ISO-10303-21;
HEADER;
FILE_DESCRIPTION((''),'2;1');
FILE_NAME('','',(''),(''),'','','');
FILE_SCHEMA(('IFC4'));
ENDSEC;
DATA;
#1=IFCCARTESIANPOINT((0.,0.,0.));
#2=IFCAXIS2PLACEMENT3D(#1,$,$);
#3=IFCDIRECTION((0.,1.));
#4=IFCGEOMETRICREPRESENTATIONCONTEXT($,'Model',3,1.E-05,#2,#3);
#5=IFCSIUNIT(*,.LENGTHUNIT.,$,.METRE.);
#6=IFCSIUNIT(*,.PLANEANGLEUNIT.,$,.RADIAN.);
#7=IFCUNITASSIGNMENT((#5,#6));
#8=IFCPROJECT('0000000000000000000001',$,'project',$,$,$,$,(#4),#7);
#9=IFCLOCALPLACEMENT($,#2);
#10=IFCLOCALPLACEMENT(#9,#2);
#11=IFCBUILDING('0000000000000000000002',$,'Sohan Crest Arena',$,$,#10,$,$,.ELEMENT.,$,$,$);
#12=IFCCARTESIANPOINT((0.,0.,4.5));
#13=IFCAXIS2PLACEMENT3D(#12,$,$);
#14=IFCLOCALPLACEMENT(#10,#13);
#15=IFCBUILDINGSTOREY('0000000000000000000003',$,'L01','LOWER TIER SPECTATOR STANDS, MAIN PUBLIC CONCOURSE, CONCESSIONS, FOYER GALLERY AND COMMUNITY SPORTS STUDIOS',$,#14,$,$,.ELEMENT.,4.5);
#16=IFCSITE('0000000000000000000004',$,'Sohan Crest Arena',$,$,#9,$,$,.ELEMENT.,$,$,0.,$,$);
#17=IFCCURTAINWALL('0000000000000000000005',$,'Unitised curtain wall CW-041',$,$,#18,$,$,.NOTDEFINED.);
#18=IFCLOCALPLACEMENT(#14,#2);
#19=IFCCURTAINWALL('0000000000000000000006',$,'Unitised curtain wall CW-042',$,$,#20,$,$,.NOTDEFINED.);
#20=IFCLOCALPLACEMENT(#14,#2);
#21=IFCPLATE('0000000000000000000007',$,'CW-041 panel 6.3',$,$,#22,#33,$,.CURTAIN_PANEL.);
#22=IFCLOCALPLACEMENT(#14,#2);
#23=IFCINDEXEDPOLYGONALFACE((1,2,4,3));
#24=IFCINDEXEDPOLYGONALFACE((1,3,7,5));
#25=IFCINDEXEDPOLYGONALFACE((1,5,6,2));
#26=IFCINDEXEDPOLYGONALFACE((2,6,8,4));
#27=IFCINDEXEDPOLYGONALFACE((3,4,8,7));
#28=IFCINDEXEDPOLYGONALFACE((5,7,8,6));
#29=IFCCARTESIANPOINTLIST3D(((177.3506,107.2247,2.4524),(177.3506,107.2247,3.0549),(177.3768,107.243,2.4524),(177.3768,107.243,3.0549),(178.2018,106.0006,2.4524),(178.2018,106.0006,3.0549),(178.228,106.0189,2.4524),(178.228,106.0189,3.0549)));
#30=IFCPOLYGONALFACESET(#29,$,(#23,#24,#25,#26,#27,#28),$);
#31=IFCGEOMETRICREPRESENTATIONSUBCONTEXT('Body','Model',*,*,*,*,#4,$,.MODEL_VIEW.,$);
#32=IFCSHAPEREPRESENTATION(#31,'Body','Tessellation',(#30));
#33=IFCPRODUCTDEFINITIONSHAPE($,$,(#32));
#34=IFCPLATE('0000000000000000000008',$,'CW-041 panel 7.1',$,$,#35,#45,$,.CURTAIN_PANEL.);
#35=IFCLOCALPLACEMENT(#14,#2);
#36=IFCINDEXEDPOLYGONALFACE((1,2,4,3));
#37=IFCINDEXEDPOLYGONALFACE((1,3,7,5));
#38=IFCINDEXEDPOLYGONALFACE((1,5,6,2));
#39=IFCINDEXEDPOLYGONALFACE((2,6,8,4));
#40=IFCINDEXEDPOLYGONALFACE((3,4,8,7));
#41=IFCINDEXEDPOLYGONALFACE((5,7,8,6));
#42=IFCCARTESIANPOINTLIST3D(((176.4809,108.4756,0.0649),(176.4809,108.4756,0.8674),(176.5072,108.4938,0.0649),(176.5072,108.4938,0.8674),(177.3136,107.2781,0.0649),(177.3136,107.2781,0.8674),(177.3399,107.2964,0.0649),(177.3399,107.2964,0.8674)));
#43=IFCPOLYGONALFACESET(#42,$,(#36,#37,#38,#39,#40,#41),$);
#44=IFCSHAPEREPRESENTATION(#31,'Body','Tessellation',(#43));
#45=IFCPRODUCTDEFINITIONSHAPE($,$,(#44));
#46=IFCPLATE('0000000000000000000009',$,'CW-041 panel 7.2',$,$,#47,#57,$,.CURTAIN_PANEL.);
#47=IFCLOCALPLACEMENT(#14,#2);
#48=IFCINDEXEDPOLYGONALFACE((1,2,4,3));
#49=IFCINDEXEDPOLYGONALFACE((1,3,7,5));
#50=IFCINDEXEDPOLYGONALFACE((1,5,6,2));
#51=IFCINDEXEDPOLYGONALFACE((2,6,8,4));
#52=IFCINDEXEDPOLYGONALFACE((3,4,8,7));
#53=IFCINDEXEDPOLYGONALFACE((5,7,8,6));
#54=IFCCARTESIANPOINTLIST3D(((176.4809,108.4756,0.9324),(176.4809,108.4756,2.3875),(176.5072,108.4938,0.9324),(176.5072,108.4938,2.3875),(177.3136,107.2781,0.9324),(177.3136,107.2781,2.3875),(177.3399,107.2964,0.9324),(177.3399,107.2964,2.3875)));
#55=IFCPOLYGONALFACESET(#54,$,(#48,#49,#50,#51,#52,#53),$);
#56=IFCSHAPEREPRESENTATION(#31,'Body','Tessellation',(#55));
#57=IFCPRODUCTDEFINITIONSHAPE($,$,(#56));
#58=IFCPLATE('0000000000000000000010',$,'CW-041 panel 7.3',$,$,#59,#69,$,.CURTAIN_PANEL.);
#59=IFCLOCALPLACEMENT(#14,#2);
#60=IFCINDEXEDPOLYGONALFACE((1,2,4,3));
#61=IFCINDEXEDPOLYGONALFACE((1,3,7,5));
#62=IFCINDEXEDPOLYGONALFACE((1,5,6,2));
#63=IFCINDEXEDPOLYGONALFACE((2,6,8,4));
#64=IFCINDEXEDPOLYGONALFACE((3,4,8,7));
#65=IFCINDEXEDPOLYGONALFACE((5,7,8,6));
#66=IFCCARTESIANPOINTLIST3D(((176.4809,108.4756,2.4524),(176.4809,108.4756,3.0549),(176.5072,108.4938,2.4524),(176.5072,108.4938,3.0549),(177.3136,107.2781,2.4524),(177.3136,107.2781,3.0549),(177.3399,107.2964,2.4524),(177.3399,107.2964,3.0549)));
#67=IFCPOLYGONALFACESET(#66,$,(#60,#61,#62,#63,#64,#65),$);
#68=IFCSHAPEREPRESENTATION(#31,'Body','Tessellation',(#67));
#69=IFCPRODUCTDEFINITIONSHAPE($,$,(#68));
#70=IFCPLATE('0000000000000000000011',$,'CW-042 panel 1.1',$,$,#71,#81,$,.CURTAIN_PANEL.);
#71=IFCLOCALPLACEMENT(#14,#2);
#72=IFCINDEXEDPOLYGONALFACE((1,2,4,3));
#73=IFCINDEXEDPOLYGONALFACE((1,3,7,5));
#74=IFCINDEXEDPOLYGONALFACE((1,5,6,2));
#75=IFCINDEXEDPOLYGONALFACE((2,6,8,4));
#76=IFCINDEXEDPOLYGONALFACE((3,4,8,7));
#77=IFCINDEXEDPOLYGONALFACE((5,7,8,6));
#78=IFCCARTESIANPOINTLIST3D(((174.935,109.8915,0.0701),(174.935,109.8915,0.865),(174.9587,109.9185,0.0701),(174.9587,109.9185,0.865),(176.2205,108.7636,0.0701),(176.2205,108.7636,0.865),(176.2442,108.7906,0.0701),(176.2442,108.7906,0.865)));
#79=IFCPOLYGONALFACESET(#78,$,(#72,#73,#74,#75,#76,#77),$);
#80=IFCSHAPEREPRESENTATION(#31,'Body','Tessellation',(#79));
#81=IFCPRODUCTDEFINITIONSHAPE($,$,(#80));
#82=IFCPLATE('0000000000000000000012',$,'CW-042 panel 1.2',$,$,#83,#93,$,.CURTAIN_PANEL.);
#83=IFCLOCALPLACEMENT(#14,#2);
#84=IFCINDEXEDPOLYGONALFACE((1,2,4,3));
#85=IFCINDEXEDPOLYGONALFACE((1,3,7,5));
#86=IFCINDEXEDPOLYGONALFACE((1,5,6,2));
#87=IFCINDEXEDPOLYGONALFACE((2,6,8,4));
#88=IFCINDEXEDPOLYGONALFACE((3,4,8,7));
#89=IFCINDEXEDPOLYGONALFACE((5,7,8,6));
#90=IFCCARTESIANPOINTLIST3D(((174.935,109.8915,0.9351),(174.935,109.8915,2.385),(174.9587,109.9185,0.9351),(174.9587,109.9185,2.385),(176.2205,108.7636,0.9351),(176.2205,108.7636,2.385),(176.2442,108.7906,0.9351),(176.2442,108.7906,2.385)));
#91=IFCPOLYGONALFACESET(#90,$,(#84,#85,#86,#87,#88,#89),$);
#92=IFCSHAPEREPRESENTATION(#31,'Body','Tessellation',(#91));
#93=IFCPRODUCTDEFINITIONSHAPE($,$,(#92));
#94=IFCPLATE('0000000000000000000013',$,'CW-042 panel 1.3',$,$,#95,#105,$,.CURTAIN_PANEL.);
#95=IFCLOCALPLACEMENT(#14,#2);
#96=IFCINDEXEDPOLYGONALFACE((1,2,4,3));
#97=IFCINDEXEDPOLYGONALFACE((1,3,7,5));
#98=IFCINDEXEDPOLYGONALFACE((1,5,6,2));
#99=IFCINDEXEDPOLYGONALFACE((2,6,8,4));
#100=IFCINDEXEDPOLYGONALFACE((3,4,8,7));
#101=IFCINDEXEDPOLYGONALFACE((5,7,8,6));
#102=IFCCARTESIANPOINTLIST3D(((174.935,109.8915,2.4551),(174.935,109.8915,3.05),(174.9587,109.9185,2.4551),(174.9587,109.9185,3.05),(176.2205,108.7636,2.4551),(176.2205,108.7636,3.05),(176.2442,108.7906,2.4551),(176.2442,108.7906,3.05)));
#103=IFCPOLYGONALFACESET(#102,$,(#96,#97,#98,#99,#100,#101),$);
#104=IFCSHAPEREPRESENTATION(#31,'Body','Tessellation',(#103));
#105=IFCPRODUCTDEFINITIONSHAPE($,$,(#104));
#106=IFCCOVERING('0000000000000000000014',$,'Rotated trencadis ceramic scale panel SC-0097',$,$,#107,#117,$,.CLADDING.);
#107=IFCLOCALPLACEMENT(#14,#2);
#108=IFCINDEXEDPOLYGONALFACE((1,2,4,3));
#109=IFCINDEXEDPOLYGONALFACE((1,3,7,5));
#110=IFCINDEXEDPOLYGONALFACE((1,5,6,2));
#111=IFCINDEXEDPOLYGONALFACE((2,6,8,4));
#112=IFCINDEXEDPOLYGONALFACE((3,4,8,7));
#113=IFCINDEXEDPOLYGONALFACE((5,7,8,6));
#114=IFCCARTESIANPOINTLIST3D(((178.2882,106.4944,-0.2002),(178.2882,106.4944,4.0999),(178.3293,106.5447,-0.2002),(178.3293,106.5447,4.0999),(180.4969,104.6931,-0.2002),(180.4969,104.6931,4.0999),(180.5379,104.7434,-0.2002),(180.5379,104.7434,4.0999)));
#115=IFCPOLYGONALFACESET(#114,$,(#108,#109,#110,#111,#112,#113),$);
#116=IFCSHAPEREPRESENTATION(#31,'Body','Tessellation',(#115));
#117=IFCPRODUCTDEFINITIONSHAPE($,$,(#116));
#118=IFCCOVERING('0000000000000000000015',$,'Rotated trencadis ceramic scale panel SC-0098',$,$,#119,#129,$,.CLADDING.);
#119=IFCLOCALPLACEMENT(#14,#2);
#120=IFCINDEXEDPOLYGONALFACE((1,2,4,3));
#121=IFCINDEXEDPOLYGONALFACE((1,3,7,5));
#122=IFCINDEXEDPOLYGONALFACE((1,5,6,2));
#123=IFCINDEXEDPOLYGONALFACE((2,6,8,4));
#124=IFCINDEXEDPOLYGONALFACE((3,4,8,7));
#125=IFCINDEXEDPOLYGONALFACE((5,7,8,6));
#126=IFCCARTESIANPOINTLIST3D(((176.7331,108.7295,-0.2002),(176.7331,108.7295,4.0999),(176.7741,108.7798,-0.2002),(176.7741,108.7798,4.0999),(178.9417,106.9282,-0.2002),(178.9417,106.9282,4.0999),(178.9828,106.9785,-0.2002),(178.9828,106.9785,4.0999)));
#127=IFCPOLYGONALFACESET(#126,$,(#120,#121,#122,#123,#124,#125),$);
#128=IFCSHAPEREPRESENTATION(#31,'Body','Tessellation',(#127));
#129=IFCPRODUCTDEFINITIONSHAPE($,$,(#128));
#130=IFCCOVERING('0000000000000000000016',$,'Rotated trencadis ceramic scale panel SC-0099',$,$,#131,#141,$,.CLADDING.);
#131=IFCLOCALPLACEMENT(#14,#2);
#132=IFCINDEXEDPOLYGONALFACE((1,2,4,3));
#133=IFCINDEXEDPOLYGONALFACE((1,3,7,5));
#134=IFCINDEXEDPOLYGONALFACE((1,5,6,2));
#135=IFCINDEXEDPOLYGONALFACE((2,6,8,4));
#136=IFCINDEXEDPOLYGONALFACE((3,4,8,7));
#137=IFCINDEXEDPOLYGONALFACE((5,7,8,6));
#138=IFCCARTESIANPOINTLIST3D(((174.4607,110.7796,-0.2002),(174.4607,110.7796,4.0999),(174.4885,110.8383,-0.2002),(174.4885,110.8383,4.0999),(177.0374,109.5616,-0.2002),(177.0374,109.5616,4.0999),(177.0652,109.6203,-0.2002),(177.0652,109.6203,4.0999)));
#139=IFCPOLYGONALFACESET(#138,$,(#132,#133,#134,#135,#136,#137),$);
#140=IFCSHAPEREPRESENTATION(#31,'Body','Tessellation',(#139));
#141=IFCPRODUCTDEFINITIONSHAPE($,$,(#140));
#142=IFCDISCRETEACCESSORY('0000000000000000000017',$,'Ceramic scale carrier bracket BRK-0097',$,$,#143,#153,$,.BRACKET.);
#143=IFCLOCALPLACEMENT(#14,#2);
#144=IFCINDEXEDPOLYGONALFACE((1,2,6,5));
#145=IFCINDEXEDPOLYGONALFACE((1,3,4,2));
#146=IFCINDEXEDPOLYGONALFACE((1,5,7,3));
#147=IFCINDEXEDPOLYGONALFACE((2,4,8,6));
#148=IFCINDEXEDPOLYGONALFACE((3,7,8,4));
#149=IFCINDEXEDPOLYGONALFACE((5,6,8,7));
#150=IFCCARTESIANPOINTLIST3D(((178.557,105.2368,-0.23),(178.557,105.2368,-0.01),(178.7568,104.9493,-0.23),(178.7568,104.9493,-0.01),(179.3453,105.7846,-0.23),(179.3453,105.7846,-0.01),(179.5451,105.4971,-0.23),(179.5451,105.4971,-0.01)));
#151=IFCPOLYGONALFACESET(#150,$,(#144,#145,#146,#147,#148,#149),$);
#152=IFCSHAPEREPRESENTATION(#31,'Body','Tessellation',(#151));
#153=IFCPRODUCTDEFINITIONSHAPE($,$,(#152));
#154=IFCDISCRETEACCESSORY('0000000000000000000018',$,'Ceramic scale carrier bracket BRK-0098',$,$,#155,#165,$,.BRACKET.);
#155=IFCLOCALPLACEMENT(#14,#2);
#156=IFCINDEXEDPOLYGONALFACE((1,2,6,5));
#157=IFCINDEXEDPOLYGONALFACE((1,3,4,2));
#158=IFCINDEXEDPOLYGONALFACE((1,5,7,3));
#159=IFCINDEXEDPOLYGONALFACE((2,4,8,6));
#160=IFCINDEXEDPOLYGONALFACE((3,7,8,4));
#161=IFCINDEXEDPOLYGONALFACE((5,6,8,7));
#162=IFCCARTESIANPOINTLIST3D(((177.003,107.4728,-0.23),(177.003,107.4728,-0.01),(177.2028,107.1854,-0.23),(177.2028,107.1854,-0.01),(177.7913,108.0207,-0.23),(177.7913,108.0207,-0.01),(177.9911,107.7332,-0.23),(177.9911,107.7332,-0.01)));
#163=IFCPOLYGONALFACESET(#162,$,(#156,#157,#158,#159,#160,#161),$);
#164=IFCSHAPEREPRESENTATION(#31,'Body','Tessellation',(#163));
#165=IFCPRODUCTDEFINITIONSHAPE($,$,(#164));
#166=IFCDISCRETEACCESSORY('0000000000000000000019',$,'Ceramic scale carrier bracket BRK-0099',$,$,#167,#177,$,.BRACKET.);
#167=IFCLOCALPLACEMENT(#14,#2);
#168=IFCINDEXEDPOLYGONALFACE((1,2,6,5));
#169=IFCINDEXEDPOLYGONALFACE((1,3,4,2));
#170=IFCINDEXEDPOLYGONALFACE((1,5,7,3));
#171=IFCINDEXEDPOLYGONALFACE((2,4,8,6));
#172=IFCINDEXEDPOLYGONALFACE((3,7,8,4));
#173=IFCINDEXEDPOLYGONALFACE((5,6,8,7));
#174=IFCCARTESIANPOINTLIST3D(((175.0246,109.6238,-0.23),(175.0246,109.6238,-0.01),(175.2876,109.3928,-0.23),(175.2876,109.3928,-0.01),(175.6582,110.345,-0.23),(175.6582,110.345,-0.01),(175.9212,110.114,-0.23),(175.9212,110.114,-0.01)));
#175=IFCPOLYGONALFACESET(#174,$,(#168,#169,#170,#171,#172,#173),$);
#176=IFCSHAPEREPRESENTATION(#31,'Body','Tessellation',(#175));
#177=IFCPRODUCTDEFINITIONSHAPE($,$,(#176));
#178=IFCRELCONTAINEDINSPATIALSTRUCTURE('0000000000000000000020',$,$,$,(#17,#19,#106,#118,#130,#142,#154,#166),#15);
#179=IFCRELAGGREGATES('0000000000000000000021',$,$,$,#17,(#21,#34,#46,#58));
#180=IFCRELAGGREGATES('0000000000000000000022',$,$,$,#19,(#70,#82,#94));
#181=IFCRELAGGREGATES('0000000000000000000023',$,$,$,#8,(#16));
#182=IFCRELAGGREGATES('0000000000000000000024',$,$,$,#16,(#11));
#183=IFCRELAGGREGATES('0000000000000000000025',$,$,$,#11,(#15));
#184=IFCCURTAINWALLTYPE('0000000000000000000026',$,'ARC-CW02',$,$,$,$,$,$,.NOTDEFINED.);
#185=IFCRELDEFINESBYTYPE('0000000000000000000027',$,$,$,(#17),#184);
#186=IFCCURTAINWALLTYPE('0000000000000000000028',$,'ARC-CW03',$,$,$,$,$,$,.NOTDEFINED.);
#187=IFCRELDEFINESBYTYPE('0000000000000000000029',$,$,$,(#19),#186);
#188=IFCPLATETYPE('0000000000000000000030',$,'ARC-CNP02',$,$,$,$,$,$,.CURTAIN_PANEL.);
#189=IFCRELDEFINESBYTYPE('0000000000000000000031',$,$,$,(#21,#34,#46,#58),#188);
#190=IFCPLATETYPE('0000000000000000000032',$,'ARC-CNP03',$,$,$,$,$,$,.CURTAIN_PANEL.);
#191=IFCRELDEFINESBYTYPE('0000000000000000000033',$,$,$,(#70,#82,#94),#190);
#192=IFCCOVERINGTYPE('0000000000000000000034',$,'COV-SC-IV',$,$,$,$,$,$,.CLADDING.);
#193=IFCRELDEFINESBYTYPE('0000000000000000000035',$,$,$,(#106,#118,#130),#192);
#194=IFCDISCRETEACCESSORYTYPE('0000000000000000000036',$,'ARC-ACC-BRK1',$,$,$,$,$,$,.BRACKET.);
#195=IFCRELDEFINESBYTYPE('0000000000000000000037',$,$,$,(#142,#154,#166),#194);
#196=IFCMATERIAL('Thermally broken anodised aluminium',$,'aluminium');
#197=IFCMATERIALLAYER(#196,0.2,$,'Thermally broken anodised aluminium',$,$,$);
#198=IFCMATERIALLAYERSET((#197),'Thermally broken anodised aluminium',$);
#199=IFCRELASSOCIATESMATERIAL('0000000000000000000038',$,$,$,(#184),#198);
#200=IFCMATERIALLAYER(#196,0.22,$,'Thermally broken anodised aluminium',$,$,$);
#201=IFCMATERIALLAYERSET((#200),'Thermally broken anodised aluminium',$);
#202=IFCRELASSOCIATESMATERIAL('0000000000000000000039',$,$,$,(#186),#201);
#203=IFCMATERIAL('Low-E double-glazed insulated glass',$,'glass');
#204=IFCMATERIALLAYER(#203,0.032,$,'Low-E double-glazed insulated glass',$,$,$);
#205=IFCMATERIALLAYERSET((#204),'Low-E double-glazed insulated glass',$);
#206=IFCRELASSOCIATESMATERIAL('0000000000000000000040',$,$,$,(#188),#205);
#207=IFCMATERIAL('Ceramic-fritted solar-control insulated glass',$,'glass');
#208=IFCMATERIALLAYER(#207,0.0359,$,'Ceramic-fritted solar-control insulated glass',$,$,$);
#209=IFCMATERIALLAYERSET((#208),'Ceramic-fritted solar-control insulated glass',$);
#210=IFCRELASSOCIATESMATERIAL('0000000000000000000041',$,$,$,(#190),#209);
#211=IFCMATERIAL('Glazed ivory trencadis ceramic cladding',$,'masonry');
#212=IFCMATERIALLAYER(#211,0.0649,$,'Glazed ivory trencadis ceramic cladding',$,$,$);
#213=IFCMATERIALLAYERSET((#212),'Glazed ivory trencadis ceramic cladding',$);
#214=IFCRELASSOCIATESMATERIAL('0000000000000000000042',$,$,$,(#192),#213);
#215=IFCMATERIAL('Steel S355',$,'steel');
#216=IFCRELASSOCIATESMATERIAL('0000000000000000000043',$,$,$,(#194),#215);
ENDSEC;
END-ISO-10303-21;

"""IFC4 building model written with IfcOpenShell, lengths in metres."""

from ifc_helpers import new_model, si_unit, direction, frame, origin, origin_2d, place, context, subcontext, project, spatial, rectangle, extrude, material, layer, layer_set, type_object, element, aggregate, save


model = new_model("IFC4")

# Units and contexts
model_context = context("Model", 3, precision=1e-05, world=origin(), true_north=direction((0.0, 1.0)))
body_context = subcontext(model_context, "Body", "Model", "MODEL_VIEW")
ifc_project = project(units=[si_unit("LENGTHUNIT", "METRE"), si_unit("PLANEANGLEUNIT", "RADIAN")], contexts=[model_context])

# Site, building, storey
site_placement = place(None, origin())
site = spatial("IfcSite", under=ifc_project, at=site_placement, Name="Sohan Crest Arena", CompositionType="ELEMENT", RefElevation=0.0)
building_placement = place(site_placement, origin())
building = spatial("IfcBuilding", under=site, at=building_placement, Name="Sohan Crest Arena", CompositionType="ELEMENT")
storey_placement = place(building_placement, frame((0.0, 0.0, 4.5)))
storey = spatial("IfcBuildingStorey", under=building, at=storey_placement, Name="L01", Description="LOWER TIER SPECTATOR STANDS, MAIN PUBLIC CONCOURSE, CONCESSIONS, FOYER GALLERY AND COMMUNITY SPORTS STUDIOS", CompositionType="ELEMENT", Elevation=4.5)

# Shared definitions
ifc_material_1 = material(Name="Steel S355", Category="steel")

# Curtain wall
ifc_material_2 = material(Name="Thermally broken anodised aluminium", Category="aluminium")
ifc_layer_1 = layer(ifc_material_2, 0.2, Name="Thermally broken anodised aluminium")
ifc_layer_set_1 = layer_set([ifc_layer_1], Name="Thermally broken anodised aluminium")
curtain_wall_type_1 = type_object("IfcCurtainWallType", Name="ARC-CW02", PredefinedType="NOTDEFINED", material=ifc_layer_set_1)
curtain_wall_1_placement = place(storey_placement, origin())
curtain_wall_1 = element("IfcCurtainWall", 1, at=curtain_wall_1_placement, inside=storey, type_object=curtain_wall_type_1, Name="Unitised curtain wall CW-041", PredefinedType="NOTDEFINED")

# Curtain wall
ifc_layer_2 = layer(ifc_material_2, 0.22, Name="Thermally broken anodised aluminium")
ifc_layer_set_2 = layer_set([ifc_layer_2], Name="Thermally broken anodised aluminium")
curtain_wall_type_2 = type_object("IfcCurtainWallType", Name="ARC-CW03", PredefinedType="NOTDEFINED", material=ifc_layer_set_2)
curtain_wall_2_placement = place(storey_placement, origin())
curtain_wall_2 = element("IfcCurtainWall", 2, at=curtain_wall_2_placement, inside=storey, type_object=curtain_wall_type_2, Name="Unitised curtain wall CW-042", PredefinedType="NOTDEFINED")

# Plates
ifc_material_3 = material(Name="Low-E double-glazed insulated glass", Category="glass")
ifc_layer_3 = layer(ifc_material_3, 0.032, Name="Low-E double-glazed insulated glass")
ifc_layer_set_3 = layer_set([ifc_layer_3], Name="Low-E double-glazed insulated glass")
plate_type_1 = type_object("IfcPlateType", Name="ARC-CNP02", PredefinedType="CURTAIN_PANEL", material=ifc_layer_set_3)
plate_1_placement = place(storey_placement, frame((177.7893, 106.6218, 2.4524), z_axis=(0.0, 0.0, 1.0), x_axis=(-0.570908, 0.821014, 0.0)))
plate_1 = element("IfcPlate", 3, at=plate_1_placement, type_object=plate_type_1, Name="CW-041 panel 6.3", PredefinedType="CURTAIN_PANEL", context=body_context, shape_type="SweptSolid", body=[
    extrude(rectangle(XDim=1.491, YDim=0.032, at=origin_2d()), origin(), (0.0, 0.0, 1.0), 0.6025),
])
plate_2_placement = place(storey_placement, frame((176.9104, 107.886, 0.0649), z_axis=(0.0, 0.0, 1.0), x_axis=(-0.570908, 0.821014, 0.0)))
plate_2 = element("IfcPlate", 4, at=plate_2_placement, type_object=plate_type_1, Name="CW-041 panel 7.1", PredefinedType="CURTAIN_PANEL", context=body_context, shape_type="SweptSolid", body=[
    extrude(rectangle(XDim=1.4585, YDim=0.032, at=origin_2d()), origin(), (0.0, 0.0, 1.0), 0.8025),
])
plate_3_placement = place(storey_placement, frame((176.9104, 107.886, 0.9324), z_axis=(0.0, 0.0, 1.0), x_axis=(-0.570908, 0.821014, 0.0)))
plate_3 = element("IfcPlate", 5, at=plate_3_placement, type_object=plate_type_1, Name="CW-041 panel 7.2", PredefinedType="CURTAIN_PANEL", context=body_context, shape_type="SweptSolid", body=[
    extrude(rectangle(XDim=1.4585, YDim=0.032, at=origin_2d()), origin(), (0.0, 0.0, 1.0), 1.4551),
])
plate_4_placement = place(storey_placement, frame((176.9104, 107.886, 2.4524), z_axis=(0.0, 0.0, 1.0), x_axis=(-0.570908, 0.821014, 0.0)))
plate_4 = element("IfcPlate", 6, at=plate_4_placement, type_object=plate_type_1, Name="CW-041 panel 7.3", PredefinedType="CURTAIN_PANEL", context=body_context, shape_type="SweptSolid", body=[
    extrude(rectangle(XDim=1.4585, YDim=0.032, at=origin_2d()), origin(), (0.0, 0.0, 1.0), 0.6025),
])
aggregate(curtain_wall_1, [plate_1, plate_2, plate_3, plate_4])
ifc_material_4 = material(Name="Ceramic-fritted solar-control insulated glass", Category="glass")
ifc_layer_4 = layer(ifc_material_4, 0.0359, Name="Ceramic-fritted solar-control insulated glass")
ifc_layer_set_4 = layer_set([ifc_layer_4], Name="Ceramic-fritted solar-control insulated glass")
plate_type_2 = type_object("IfcPlateType", Name="ARC-CNP03", PredefinedType="CURTAIN_PANEL", material=ifc_layer_set_4)
plate_5_placement = place(storey_placement, frame((175.5896, 109.3411, 0.0701), z_axis=(0.0, 0.0, 1.0), x_axis=(-0.751694, 0.659512, 0.0)))
plate_5 = element("IfcPlate", 7, at=plate_5_placement, type_object=plate_type_2, Name="CW-042 panel 1.1", PredefinedType="CURTAIN_PANEL", context=body_context, shape_type="SweptSolid", body=[
    extrude(rectangle(XDim=1.7102, YDim=0.0359, at=origin_2d()), origin(), (0.0, 0.0, 1.0), 0.7949),
])
plate_6_placement = place(storey_placement, frame((175.5896, 109.3411, 0.9351), z_axis=(0.0, 0.0, 1.0), x_axis=(-0.751694, 0.659512, 0.0)))
plate_6 = element("IfcPlate", 8, at=plate_6_placement, type_object=plate_type_2, Name="CW-042 panel 1.2", PredefinedType="CURTAIN_PANEL", context=body_context, shape_type="SweptSolid", body=[
    extrude(rectangle(XDim=1.7102, YDim=0.0359, at=origin_2d()), origin(), (0.0, 0.0, 1.0), 1.45),
])
plate_7_placement = place(storey_placement, frame((175.5896, 109.3411, 2.4551), z_axis=(0.0, 0.0, 1.0), x_axis=(-0.751694, 0.659512, 0.0)))
plate_7 = element("IfcPlate", 9, at=plate_7_placement, type_object=plate_type_2, Name="CW-042 panel 1.3", PredefinedType="CURTAIN_PANEL", context=body_context, shape_type="SweptSolid", body=[
    extrude(rectangle(XDim=1.7102, YDim=0.0359, at=origin_2d()), origin(), (0.0, 0.0, 1.0), 0.595),
])
aggregate(curtain_wall_2, [plate_5, plate_6, plate_7])

# Coverings
ifc_material_5 = material(Name="Glazed ivory trencadis ceramic cladding", Category="masonry")
ifc_layer_5 = layer(ifc_material_5, 0.0649, Name="Glazed ivory trencadis ceramic cladding")
ifc_layer_set_5 = layer_set([ifc_layer_5], Name="Glazed ivory trencadis ceramic cladding")
covering_type = type_object("IfcCoveringType", Name="COV-SC-IV", PredefinedType="CLADDING", material=ifc_layer_set_5)
for number, where, z_axis, x_axis, name in (
    (10, (179.4131, 105.6189, -0.2002), (0.0, 0.0, 1.0), (-0.774944, 0.632029, 0.0), "Rotated trencadis ceramic scale panel SC-0097"),
    (11, (177.8579, 107.854, -0.2002), (0.0, 0.0, 1.0), (-0.774944, 0.632029, 0.0), "Rotated trencadis ceramic scale panel SC-0098"),
    (12, (175.7629, 110.2, -0.2002), (0.0, 0.0, 1.0), (-0.904083, 0.427358, 0.0), "Rotated trencadis ceramic scale panel SC-0099"),
):
    element("IfcCovering", number, at=place(storey_placement, frame(where, z_axis=z_axis, x_axis=x_axis)), inside=storey, type_object=covering_type, Name=name, PredefinedType="CLADDING", context=body_context, shape_type="SweptSolid", body=[
        extrude(rectangle(XDim=2.8501, YDim=0.0649, at=origin_2d()), origin(), (0.0, 0.0, 1.0), 4.3),
    ])

# Discrete accessories
discrete_accessory_type = type_object("IfcDiscreteAccessoryType", Name="ARC-ACC-BRK1", PredefinedType="BRACKET", material=ifc_material_1)
for number, where, z_axis, x_axis, name in (
    (13, (179.051, 105.3669, -0.23), (0.0, 0.0, 1.0), (-0.570714, 0.821149, 0.0), "Ceramic scale carrier bracket BRK-0097"),
    (14, (177.4971, 107.603, -0.23), (0.0, 0.0, 1.0), (-0.570714, 0.821149, 0.0), "Ceramic scale carrier bracket BRK-0098"),
    (15, (175.4729, 109.8689, -0.23), (0.0, 0.0, 1.0), (-0.751264, 0.660002, 0.0), "Ceramic scale carrier bracket BRK-0099"),
):
    element("IfcDiscreteAccessory", number, at=place(storey_placement, frame(where, z_axis=z_axis, x_axis=x_axis)), inside=storey, type_object=discrete_accessory_type, Name=name, PredefinedType="BRACKET", context=body_context, shape_type="SweptSolid", body=[
        extrude(rectangle(XDim=0.3501, YDim=0.96, at=origin_2d()), origin(), (0.0, 0.0, 1.0), 0.22),
    ])

save(model, "model.ifc")
